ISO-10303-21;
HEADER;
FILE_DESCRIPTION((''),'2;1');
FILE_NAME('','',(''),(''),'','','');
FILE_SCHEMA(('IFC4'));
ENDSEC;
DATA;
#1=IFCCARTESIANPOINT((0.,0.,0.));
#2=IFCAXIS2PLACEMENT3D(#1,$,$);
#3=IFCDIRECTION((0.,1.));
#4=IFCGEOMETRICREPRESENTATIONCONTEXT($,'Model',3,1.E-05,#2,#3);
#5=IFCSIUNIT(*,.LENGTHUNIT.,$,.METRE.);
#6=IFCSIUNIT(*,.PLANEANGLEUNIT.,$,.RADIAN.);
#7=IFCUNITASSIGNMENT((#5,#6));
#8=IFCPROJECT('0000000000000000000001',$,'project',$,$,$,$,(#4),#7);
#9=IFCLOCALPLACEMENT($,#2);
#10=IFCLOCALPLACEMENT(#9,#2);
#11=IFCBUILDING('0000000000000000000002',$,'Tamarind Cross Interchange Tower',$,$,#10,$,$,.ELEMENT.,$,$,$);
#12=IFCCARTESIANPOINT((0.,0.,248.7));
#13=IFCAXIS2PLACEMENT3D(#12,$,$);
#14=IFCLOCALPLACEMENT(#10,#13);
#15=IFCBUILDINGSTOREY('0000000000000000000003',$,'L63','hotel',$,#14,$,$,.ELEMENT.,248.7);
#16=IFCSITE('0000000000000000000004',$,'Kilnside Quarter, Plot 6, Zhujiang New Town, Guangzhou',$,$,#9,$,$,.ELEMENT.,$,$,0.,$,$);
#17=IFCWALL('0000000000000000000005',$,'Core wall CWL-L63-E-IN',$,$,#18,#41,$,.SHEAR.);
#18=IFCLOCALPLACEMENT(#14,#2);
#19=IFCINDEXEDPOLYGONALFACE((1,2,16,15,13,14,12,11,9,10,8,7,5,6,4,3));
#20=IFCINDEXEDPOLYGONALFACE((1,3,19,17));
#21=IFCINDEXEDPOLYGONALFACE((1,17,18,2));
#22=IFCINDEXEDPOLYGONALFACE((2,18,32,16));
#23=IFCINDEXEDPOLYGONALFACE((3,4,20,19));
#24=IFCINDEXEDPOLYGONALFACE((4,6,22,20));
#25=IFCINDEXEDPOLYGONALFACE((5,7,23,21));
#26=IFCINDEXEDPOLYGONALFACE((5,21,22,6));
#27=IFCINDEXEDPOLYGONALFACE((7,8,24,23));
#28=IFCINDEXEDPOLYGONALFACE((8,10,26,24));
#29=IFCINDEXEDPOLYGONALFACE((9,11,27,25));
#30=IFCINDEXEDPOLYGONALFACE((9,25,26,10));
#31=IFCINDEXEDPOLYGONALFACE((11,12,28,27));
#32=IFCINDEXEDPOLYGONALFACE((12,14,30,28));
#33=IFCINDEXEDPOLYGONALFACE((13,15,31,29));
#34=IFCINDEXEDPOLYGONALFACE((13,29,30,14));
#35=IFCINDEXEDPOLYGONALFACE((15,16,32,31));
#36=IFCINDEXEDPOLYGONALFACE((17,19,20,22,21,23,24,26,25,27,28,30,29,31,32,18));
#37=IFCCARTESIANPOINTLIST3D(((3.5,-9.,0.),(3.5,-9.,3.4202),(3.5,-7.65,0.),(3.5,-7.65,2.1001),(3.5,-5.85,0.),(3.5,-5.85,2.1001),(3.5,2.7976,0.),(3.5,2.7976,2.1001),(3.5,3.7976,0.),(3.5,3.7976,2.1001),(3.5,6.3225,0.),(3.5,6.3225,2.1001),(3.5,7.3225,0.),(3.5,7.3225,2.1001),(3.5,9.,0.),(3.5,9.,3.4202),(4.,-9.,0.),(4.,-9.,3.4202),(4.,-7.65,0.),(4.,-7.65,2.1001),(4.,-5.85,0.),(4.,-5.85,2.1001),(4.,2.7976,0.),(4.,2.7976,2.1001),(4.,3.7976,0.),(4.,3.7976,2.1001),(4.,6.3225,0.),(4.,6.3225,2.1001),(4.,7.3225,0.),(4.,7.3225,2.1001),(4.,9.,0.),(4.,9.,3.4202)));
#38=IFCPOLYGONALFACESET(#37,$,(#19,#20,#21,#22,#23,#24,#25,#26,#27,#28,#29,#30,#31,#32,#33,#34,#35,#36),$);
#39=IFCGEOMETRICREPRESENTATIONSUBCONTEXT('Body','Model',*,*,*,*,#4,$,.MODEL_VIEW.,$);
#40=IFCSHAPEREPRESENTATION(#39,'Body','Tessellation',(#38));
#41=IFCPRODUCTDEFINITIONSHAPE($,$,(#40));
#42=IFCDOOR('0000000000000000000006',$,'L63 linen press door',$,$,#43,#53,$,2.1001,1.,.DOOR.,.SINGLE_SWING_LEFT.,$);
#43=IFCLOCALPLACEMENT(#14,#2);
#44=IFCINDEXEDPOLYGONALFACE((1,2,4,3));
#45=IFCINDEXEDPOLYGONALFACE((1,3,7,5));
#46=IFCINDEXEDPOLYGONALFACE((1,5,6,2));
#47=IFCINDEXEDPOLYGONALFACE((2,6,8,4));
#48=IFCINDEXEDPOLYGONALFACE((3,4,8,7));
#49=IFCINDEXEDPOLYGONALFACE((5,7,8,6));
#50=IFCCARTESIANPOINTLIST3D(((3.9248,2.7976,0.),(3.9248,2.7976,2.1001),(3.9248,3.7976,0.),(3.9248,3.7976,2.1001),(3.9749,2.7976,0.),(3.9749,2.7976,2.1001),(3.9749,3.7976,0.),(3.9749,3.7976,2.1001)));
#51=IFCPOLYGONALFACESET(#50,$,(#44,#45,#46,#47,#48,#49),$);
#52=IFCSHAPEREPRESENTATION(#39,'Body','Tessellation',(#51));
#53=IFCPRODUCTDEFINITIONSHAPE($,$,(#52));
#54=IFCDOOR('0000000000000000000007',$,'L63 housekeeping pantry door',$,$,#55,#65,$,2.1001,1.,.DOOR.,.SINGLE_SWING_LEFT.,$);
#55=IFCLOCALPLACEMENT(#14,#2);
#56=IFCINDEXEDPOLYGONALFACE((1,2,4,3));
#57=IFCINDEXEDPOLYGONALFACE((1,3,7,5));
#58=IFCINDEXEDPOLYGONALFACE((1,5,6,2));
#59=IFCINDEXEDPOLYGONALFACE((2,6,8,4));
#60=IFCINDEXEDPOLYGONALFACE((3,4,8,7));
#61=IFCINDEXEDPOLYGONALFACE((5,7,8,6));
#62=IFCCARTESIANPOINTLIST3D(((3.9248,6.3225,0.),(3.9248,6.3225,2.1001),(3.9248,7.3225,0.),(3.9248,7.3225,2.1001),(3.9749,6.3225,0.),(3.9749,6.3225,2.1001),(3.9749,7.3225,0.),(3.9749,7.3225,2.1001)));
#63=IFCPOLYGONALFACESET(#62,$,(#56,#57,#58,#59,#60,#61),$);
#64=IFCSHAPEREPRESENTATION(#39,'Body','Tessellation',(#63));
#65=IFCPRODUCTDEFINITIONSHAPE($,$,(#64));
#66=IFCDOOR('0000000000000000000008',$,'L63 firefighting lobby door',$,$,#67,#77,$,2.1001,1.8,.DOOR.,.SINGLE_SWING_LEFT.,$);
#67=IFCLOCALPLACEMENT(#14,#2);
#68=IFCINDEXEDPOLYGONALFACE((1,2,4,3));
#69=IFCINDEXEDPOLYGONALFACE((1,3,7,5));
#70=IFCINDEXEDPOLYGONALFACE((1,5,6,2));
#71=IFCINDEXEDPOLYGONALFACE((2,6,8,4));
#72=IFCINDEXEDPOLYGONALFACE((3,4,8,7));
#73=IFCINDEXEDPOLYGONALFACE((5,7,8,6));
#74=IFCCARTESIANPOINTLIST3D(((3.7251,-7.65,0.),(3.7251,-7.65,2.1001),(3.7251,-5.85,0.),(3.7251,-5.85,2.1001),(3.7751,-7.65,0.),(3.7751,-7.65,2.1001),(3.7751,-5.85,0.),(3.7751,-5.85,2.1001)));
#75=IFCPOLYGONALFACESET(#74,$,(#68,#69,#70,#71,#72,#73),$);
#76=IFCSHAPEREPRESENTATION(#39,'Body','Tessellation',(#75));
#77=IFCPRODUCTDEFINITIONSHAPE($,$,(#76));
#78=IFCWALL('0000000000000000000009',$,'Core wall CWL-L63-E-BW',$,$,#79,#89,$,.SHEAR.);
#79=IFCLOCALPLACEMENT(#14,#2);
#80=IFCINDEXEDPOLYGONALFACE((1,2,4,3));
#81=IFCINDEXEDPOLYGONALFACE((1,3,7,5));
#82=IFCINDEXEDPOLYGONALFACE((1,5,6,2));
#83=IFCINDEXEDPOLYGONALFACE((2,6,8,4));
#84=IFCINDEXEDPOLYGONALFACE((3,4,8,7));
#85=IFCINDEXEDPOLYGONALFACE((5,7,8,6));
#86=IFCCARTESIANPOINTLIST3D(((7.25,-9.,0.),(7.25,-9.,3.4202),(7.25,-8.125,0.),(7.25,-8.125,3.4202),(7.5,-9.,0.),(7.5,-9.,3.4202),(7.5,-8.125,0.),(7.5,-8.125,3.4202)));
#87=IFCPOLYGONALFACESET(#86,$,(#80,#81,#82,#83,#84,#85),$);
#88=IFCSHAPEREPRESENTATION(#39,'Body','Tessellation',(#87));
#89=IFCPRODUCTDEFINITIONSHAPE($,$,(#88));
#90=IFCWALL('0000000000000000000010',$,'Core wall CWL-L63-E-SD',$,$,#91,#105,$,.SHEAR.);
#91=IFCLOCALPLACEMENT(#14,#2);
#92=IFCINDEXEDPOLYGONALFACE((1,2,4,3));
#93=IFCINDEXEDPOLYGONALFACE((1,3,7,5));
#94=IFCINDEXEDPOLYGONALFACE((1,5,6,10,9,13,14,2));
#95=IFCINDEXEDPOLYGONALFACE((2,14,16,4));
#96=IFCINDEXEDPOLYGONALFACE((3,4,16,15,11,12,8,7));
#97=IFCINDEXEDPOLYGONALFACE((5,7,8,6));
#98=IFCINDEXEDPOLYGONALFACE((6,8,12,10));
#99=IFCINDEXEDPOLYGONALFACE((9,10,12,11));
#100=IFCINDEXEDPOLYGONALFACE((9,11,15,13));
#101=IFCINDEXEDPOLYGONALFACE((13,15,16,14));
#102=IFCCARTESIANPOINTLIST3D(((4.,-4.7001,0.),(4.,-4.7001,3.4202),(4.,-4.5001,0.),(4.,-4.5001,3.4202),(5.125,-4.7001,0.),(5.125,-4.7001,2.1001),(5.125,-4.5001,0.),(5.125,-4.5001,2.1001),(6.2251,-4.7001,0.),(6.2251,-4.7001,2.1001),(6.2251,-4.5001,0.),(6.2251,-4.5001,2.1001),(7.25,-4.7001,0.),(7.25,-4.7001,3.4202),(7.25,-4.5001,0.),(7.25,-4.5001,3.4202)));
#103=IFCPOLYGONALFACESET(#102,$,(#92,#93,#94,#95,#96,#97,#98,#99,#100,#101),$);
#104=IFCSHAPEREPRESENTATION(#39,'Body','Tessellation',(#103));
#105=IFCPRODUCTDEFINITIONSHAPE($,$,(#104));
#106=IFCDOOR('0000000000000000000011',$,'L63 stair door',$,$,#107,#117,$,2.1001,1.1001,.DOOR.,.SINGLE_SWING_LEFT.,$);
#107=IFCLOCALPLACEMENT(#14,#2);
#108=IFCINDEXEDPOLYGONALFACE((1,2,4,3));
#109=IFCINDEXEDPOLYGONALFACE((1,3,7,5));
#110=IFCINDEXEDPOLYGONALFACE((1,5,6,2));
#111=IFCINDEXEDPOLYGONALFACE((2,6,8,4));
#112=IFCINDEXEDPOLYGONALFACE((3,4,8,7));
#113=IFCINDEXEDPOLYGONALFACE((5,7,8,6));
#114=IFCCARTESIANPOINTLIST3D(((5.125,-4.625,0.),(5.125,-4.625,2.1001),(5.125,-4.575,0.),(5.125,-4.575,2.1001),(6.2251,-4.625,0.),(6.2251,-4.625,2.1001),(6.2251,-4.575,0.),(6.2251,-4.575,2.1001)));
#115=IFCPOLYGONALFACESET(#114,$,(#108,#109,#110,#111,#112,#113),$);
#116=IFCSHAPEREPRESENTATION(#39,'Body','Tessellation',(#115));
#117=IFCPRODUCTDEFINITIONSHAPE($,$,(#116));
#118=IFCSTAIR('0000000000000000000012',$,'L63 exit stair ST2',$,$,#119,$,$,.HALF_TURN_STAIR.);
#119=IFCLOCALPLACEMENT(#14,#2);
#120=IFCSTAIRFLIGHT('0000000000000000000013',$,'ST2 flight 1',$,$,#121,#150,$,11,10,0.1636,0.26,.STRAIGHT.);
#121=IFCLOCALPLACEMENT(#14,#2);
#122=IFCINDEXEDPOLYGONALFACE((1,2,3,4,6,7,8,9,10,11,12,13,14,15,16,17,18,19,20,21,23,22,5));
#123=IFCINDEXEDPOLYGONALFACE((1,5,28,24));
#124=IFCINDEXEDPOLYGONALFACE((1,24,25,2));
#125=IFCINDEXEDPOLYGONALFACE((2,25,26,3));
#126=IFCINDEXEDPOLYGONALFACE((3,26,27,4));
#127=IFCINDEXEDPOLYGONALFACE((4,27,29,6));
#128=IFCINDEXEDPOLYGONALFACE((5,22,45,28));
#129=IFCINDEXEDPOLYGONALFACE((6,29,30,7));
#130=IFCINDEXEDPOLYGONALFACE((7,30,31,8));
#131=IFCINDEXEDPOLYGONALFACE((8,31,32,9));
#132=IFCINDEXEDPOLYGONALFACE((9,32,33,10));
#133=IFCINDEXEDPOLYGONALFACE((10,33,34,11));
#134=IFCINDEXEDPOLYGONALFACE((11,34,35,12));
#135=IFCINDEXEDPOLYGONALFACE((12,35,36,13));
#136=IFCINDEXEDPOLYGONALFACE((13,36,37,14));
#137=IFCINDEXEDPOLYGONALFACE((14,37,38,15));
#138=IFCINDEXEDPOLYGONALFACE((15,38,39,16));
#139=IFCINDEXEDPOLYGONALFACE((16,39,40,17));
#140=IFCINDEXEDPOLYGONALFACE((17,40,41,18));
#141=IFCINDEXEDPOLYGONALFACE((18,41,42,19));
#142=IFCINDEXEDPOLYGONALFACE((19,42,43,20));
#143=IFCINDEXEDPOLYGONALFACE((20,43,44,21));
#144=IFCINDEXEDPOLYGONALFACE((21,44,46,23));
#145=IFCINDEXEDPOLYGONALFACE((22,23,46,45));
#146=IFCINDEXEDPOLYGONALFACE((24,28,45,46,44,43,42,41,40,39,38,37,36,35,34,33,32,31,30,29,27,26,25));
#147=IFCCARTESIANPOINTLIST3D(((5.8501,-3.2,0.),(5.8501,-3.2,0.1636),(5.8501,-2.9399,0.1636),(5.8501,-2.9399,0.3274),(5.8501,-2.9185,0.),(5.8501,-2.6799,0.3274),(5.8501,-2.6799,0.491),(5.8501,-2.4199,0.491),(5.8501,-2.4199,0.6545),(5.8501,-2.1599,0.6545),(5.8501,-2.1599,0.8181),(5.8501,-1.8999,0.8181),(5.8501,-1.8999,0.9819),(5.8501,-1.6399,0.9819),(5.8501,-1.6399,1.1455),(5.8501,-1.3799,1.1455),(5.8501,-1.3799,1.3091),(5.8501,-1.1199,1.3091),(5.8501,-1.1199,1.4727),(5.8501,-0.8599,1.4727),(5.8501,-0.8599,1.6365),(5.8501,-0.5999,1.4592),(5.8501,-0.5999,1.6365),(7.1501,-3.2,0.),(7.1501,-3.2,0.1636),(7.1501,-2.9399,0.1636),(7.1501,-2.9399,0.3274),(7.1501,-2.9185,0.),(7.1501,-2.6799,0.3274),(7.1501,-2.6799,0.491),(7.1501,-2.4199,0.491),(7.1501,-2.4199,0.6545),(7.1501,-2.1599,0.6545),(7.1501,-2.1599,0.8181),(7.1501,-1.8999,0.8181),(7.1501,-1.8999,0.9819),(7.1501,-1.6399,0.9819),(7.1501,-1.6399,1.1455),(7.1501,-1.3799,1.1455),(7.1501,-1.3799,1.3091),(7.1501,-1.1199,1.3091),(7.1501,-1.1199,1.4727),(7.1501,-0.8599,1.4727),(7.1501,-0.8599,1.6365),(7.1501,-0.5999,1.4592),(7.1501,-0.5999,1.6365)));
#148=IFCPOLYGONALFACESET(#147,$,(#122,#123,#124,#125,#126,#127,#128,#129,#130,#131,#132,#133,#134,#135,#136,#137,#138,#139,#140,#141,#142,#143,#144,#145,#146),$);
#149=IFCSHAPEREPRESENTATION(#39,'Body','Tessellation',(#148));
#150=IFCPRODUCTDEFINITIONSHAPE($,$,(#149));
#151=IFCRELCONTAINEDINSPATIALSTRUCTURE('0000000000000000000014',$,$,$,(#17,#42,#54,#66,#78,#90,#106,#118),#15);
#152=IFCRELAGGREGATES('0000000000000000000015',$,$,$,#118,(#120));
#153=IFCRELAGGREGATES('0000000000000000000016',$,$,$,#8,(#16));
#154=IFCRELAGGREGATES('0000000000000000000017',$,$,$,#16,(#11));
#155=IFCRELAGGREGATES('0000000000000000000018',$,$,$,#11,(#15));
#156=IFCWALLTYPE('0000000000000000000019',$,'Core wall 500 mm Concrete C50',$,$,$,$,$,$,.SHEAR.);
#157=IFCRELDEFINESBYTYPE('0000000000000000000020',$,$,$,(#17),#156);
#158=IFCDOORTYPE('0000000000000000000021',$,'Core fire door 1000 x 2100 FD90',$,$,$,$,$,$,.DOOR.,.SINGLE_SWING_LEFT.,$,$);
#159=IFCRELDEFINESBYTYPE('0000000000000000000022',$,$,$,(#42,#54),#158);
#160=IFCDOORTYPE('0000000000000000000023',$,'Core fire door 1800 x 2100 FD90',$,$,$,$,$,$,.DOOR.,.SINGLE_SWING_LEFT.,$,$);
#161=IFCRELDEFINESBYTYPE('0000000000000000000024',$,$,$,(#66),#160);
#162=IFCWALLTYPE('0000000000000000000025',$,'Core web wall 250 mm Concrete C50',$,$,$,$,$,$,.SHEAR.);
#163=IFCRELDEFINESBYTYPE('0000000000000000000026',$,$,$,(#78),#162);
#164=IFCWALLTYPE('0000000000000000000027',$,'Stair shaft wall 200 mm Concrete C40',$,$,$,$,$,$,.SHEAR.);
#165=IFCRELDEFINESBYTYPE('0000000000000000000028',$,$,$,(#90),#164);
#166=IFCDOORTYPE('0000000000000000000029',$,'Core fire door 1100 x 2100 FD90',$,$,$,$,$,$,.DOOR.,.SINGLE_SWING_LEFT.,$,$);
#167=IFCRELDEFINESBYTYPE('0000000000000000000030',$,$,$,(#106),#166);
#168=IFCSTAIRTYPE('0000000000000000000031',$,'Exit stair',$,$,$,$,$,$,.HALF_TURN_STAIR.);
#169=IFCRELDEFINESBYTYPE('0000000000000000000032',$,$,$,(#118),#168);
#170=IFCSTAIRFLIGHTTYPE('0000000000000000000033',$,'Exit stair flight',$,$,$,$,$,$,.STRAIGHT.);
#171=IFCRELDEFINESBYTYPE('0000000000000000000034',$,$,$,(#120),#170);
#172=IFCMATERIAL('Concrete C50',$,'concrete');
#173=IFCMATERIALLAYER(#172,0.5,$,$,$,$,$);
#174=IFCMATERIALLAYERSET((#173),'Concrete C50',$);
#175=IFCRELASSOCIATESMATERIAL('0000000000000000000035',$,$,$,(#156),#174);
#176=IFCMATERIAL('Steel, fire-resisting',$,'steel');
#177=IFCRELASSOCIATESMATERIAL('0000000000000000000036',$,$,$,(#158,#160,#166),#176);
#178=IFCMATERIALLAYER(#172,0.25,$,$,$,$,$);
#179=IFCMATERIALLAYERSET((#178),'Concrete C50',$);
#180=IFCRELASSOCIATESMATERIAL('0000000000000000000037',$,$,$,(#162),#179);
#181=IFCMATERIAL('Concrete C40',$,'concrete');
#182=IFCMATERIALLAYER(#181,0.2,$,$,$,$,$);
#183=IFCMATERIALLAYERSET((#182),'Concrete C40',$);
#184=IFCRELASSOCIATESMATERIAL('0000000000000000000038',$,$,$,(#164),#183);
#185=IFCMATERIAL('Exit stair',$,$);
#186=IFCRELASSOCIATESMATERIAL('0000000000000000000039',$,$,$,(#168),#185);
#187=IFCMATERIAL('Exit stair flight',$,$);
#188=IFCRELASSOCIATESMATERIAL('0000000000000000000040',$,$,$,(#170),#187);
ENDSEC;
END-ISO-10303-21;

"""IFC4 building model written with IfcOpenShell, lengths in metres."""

from ifc_helpers import new_model, si_unit, direction, frame, frame_2d, origin, place, context, subcontext, project, spatial, polyline, rectangle, outline, extrude, material, layer, layer_set, type_object, element, fill, aggregate, save


model = new_model("IFC4")

# Units and contexts
model_context = context("Model", 3, precision=1e-05, world=origin(), true_north=direction((0.0, 1.0)))
body_context = subcontext(model_context, "Body", "Model", "MODEL_VIEW")
ifc_project = project(units=[si_unit("LENGTHUNIT", "METRE"), si_unit("PLANEANGLEUNIT", "RADIAN")], contexts=[model_context])

# Site, building, storey
site_placement = place(None, origin())
site = spatial("IfcSite", under=ifc_project, at=site_placement, Name="Kilnside Quarter, Plot 6, Zhujiang New Town, Guangzhou", CompositionType="ELEMENT", RefElevation=0.0)
building_placement = place(site_placement, origin())
building = spatial("IfcBuilding", under=site, at=building_placement, Name="Tamarind Cross Interchange Tower", CompositionType="ELEMENT")
storey_placement = place(building_placement, frame((0.0, 0.0, 248.7)))
storey = spatial("IfcBuildingStorey", under=building, at=storey_placement, Name="L63", Description="hotel", CompositionType="ELEMENT", Elevation=248.7)

# Wall, openings, doors
ifc_material_1 = material(Name="Concrete C50", Category="concrete")
ifc_layer_1 = layer(ifc_material_1, 0.5)
ifc_layer_set_1 = layer_set([ifc_layer_1], Name="Concrete C50")
wall_type_1 = type_object("IfcWallType", Name="Core wall 500 mm Concrete C50", PredefinedType="SHEAR", material=ifc_layer_set_1)
wall_1_placement = place(storey_placement, frame((3.75, -9.0, 0.0), z_axis=(0.0, 0.0, 1.0), x_axis=(0.0, 1.0, 0.0)))
wall_1 = element("IfcWall", 1, at=wall_1_placement, inside=storey, type_object=wall_type_1, Name="Core wall CWL-L63-E-IN", PredefinedType="SHEAR", context=body_context, shape_type="SweptSolid", body=[
    extrude(rectangle(XDim=18.0, YDim=0.5, at=frame_2d((9.0, 0.0))), origin(), (0.0, 0.0, 1.0), 3.4202),
])
opening_1_placement = place(wall_1_placement, frame((1.3501, 0.0, 0.0)))
opening_1 = element("IfcOpeningElement", 2, at=opening_1_placement, cuts=wall_1, PredefinedType="OPENING", context=body_context, shape_type="SweptSolid", body=[
    extrude(rectangle(XDim=1.8, YDim=2.1001, at=frame_2d((0.8999, 1.05))), frame((0.0, 0.26, 0.0), z_axis=(0.0, -1.0, 0.0), x_axis=(1.0, 0.0, 0.0)), (0.0, 0.0, 1.0), 0.52),
])
opening_2_placement = place(wall_1_placement, frame((11.7976, 0.0, 0.0)))
opening_2 = element("IfcOpeningElement", 3, at=opening_2_placement, cuts=wall_1, PredefinedType="OPENING", context=body_context, shape_type="SweptSolid", body=[
    extrude(rectangle(XDim=1.0, YDim=2.1001, at=frame_2d((0.5, 1.05))), frame((0.0, 0.26, 0.0), z_axis=(0.0, -1.0, 0.0), x_axis=(1.0, 0.0, 0.0)), (0.0, 0.0, 1.0), 0.52),
])
opening_3_placement = place(wall_1_placement, frame((15.3225, 0.0, 0.0)))
opening_3 = element("IfcOpeningElement", 4, at=opening_3_placement, cuts=wall_1, PredefinedType="OPENING", context=body_context, shape_type="SweptSolid", body=[
    extrude(rectangle(XDim=1.0, YDim=2.1001, at=frame_2d((0.5, 1.05))), frame((0.0, 0.26, 0.0), z_axis=(0.0, -1.0, 0.0), x_axis=(1.0, 0.0, 0.0)), (0.0, 0.0, 1.0), 0.52),
])
ifc_material_2 = material(Name="Steel, fire-resisting", Category="steel")
door_type_1 = type_object("IfcDoorType", Name="Core fire door 1000 x 2100 FD90", OperationType="SINGLE_SWING_LEFT", PredefinedType="DOOR", material=ifc_material_2)
door_1_placement = place(opening_2_placement, origin())
door_1 = element("IfcDoor", 5, at=door_1_placement, inside=storey, type_object=door_type_1, Name="L63 linen press door", OperationType="SINGLE_SWING_LEFT", OverallHeight=2.1001, OverallWidth=1.0, PredefinedType="DOOR", context=body_context, shape_type="SweptSolid", body=[
    extrude(rectangle(XDim=1.0, YDim=2.1001, at=frame_2d((0.5, 1.05))), frame((0.0, -0.1748, 0.0), z_axis=(0.0, -1.0, 0.0), x_axis=(1.0, 0.0, 0.0)), (0.0, 0.0, 1.0), 0.05),
])
fill(opening_2, door_1)
door_2_placement = place(opening_3_placement, origin())
door_2 = element("IfcDoor", 6, at=door_2_placement, inside=storey, type_object=door_type_1, Name="L63 housekeeping pantry door", OperationType="SINGLE_SWING_LEFT", OverallHeight=2.1001, OverallWidth=1.0, PredefinedType="DOOR", context=body_context, shape_type="SweptSolid", body=[
    extrude(rectangle(XDim=1.0, YDim=2.1001, at=frame_2d((0.5, 1.05))), frame((0.0, -0.1748, 0.0), z_axis=(0.0, -1.0, 0.0), x_axis=(1.0, 0.0, 0.0)), (0.0, 0.0, 1.0), 0.05),
])
fill(opening_3, door_2)
door_type_2 = type_object("IfcDoorType", Name="Core fire door 1800 x 2100 FD90", OperationType="SINGLE_SWING_LEFT", PredefinedType="DOOR", material=ifc_material_2)
door_3_placement = place(opening_1_placement, origin())
door_3 = element("IfcDoor", 7, at=door_3_placement, inside=storey, type_object=door_type_2, Name="L63 firefighting lobby door", OperationType="SINGLE_SWING_LEFT", OverallHeight=2.1001, OverallWidth=1.8, PredefinedType="DOOR", context=body_context, shape_type="SweptSolid", body=[
    extrude(rectangle(XDim=1.8, YDim=2.1001, at=frame_2d((0.8999, 1.05))), frame((0.0, 0.0249, 0.0), z_axis=(0.0, -1.0, 0.0), x_axis=(1.0, 0.0, 0.0)), (0.0, 0.0, 1.0), 0.05),
])
fill(opening_1, door_3)

# Wall
ifc_layer_2 = layer(ifc_material_1, 0.25)
ifc_layer_set_2 = layer_set([ifc_layer_2], Name="Concrete C50")
wall_type_2 = type_object("IfcWallType", Name="Core web wall 250 mm Concrete C50", PredefinedType="SHEAR", material=ifc_layer_set_2)
wall_2_placement = place(storey_placement, frame((7.375, -9.0, 0.0), z_axis=(0.0, 0.0, 1.0), x_axis=(0.0, 1.0, 0.0)))
element("IfcWall", 8, at=wall_2_placement, inside=storey, type_object=wall_type_2, Name="Core wall CWL-L63-E-BW", PredefinedType="SHEAR", context=body_context, shape_type="SweptSolid", body=[
    extrude(rectangle(XDim=0.875, YDim=0.25, at=frame_2d((0.4375, 0.0))), origin(), (0.0, 0.0, 1.0), 3.4202),
])

# Wall, opening, door
ifc_material_3 = material(Name="Concrete C40", Category="concrete")
ifc_layer_3 = layer(ifc_material_3, 0.2)
ifc_layer_set_3 = layer_set([ifc_layer_3], Name="Concrete C40")
wall_type_3 = type_object("IfcWallType", Name="Stair shaft wall 200 mm Concrete C40", PredefinedType="SHEAR", material=ifc_layer_set_3)
wall_3_placement = place(storey_placement, frame((7.25, -4.6001, 0.0), z_axis=(0.0, 0.0, 1.0), x_axis=(-1.0, 0.0, 0.0)))
wall_3 = element("IfcWall", 9, at=wall_3_placement, inside=storey, type_object=wall_type_3, Name="Core wall CWL-L63-E-SD", PredefinedType="SHEAR", context=body_context, shape_type="SweptSolid", body=[
    extrude(rectangle(XDim=3.25, YDim=0.2, at=frame_2d((1.625, 0.0))), origin(), (0.0, 0.0, 1.0), 3.4202),
])
opening_4_placement = place(wall_3_placement, frame((1.0249, 0.0, 0.0)))
opening_4 = element("IfcOpeningElement", 10, at=opening_4_placement, cuts=wall_3, PredefinedType="OPENING", context=body_context, shape_type="SweptSolid", body=[
    extrude(rectangle(XDim=1.1001, YDim=2.1001, at=frame_2d((0.55, 1.05))), frame((0.0, 0.1099, 0.0), z_axis=(0.0, -1.0, 0.0), x_axis=(1.0, 0.0, 0.0)), (0.0, 0.0, 1.0), 0.22),
])
door_type_3 = type_object("IfcDoorType", Name="Core fire door 1100 x 2100 FD90", OperationType="SINGLE_SWING_LEFT", PredefinedType="DOOR", material=ifc_material_2)
door_4_placement = place(opening_4_placement, origin())
door_4 = element("IfcDoor", 11, at=door_4_placement, inside=storey, type_object=door_type_3, Name="L63 stair door", OperationType="SINGLE_SWING_LEFT", OverallHeight=2.1001, OverallWidth=1.1001, PredefinedType="DOOR", context=body_context, shape_type="SweptSolid", body=[
    extrude(rectangle(XDim=1.1001, YDim=2.1001, at=frame_2d((0.55, 1.05))), frame((0.0, 0.0249, 0.0), z_axis=(0.0, -1.0, 0.0), x_axis=(1.0, 0.0, 0.0)), (0.0, 0.0, 1.0), 0.05),
])
fill(opening_4, door_4)

# Stair, stair flight
ifc_material_4 = material(Name="Exit stair")
stair_type = type_object("IfcStairType", Name="Exit stair", PredefinedType="HALF_TURN_STAIR", material=ifc_material_4)
stair_placement = place(storey_placement, origin())
stair = element("IfcStair", 12, at=stair_placement, inside=storey, type_object=stair_type, Name="L63 exit stair ST2", PredefinedType="HALF_TURN_STAIR")
ifc_material_5 = material(Name="Exit stair flight")
stair_flight_type = type_object("IfcStairFlightType", Name="Exit stair flight", PredefinedType="STRAIGHT", material=ifc_material_5)
stair_flight_1_placement = place(storey_placement, frame((6.5, -3.2, 0.0), z_axis=(0.0, 0.0, 1.0), x_axis=(0.0, 1.0, 0.0)))
stair_flight_1 = element("IfcStairFlight", 13, at=stair_flight_1_placement, type_object=stair_flight_type, Name="ST2 flight 1", NumberOfRisers=11, NumberOfTreads=10, PredefinedType="STRAIGHT", RiserHeight=0.1636, TreadLength=0.26, context=body_context, shape_type="SweptSolid", body=[
    extrude(outline(polyline([(0.0, 0.0), (0.0, 0.1636), (0.26, 0.1636), (0.26, 0.3274), (0.52, 0.3274), (0.52, 0.491), (0.78, 0.491), (0.78, 0.6545), (1.04, 0.6545), (1.04, 0.8181), (1.3, 0.8181), (1.3, 0.9819), (1.5601, 0.9819), (1.5601, 1.1455), (1.8201, 1.1455), (1.8201, 1.3091), (2.0801, 1.3091), (2.0801, 1.4727), (2.3401, 1.4727), (2.3401, 1.6365), (2.6001, 1.6365), (2.6001, 1.8), (2.6001, 1.4592), (0.2815, 0.0), (0.0, 0.0)])), frame((0.0, 0.6499, 0.0), z_axis=(0.0, -1.0, 0.0), x_axis=(1.0, 0.0, 0.0)), (0.0, 0.0, 1.0), 1.3),
])
aggregate(stair, [stair_flight_1])

save(model, "model.ifc")
